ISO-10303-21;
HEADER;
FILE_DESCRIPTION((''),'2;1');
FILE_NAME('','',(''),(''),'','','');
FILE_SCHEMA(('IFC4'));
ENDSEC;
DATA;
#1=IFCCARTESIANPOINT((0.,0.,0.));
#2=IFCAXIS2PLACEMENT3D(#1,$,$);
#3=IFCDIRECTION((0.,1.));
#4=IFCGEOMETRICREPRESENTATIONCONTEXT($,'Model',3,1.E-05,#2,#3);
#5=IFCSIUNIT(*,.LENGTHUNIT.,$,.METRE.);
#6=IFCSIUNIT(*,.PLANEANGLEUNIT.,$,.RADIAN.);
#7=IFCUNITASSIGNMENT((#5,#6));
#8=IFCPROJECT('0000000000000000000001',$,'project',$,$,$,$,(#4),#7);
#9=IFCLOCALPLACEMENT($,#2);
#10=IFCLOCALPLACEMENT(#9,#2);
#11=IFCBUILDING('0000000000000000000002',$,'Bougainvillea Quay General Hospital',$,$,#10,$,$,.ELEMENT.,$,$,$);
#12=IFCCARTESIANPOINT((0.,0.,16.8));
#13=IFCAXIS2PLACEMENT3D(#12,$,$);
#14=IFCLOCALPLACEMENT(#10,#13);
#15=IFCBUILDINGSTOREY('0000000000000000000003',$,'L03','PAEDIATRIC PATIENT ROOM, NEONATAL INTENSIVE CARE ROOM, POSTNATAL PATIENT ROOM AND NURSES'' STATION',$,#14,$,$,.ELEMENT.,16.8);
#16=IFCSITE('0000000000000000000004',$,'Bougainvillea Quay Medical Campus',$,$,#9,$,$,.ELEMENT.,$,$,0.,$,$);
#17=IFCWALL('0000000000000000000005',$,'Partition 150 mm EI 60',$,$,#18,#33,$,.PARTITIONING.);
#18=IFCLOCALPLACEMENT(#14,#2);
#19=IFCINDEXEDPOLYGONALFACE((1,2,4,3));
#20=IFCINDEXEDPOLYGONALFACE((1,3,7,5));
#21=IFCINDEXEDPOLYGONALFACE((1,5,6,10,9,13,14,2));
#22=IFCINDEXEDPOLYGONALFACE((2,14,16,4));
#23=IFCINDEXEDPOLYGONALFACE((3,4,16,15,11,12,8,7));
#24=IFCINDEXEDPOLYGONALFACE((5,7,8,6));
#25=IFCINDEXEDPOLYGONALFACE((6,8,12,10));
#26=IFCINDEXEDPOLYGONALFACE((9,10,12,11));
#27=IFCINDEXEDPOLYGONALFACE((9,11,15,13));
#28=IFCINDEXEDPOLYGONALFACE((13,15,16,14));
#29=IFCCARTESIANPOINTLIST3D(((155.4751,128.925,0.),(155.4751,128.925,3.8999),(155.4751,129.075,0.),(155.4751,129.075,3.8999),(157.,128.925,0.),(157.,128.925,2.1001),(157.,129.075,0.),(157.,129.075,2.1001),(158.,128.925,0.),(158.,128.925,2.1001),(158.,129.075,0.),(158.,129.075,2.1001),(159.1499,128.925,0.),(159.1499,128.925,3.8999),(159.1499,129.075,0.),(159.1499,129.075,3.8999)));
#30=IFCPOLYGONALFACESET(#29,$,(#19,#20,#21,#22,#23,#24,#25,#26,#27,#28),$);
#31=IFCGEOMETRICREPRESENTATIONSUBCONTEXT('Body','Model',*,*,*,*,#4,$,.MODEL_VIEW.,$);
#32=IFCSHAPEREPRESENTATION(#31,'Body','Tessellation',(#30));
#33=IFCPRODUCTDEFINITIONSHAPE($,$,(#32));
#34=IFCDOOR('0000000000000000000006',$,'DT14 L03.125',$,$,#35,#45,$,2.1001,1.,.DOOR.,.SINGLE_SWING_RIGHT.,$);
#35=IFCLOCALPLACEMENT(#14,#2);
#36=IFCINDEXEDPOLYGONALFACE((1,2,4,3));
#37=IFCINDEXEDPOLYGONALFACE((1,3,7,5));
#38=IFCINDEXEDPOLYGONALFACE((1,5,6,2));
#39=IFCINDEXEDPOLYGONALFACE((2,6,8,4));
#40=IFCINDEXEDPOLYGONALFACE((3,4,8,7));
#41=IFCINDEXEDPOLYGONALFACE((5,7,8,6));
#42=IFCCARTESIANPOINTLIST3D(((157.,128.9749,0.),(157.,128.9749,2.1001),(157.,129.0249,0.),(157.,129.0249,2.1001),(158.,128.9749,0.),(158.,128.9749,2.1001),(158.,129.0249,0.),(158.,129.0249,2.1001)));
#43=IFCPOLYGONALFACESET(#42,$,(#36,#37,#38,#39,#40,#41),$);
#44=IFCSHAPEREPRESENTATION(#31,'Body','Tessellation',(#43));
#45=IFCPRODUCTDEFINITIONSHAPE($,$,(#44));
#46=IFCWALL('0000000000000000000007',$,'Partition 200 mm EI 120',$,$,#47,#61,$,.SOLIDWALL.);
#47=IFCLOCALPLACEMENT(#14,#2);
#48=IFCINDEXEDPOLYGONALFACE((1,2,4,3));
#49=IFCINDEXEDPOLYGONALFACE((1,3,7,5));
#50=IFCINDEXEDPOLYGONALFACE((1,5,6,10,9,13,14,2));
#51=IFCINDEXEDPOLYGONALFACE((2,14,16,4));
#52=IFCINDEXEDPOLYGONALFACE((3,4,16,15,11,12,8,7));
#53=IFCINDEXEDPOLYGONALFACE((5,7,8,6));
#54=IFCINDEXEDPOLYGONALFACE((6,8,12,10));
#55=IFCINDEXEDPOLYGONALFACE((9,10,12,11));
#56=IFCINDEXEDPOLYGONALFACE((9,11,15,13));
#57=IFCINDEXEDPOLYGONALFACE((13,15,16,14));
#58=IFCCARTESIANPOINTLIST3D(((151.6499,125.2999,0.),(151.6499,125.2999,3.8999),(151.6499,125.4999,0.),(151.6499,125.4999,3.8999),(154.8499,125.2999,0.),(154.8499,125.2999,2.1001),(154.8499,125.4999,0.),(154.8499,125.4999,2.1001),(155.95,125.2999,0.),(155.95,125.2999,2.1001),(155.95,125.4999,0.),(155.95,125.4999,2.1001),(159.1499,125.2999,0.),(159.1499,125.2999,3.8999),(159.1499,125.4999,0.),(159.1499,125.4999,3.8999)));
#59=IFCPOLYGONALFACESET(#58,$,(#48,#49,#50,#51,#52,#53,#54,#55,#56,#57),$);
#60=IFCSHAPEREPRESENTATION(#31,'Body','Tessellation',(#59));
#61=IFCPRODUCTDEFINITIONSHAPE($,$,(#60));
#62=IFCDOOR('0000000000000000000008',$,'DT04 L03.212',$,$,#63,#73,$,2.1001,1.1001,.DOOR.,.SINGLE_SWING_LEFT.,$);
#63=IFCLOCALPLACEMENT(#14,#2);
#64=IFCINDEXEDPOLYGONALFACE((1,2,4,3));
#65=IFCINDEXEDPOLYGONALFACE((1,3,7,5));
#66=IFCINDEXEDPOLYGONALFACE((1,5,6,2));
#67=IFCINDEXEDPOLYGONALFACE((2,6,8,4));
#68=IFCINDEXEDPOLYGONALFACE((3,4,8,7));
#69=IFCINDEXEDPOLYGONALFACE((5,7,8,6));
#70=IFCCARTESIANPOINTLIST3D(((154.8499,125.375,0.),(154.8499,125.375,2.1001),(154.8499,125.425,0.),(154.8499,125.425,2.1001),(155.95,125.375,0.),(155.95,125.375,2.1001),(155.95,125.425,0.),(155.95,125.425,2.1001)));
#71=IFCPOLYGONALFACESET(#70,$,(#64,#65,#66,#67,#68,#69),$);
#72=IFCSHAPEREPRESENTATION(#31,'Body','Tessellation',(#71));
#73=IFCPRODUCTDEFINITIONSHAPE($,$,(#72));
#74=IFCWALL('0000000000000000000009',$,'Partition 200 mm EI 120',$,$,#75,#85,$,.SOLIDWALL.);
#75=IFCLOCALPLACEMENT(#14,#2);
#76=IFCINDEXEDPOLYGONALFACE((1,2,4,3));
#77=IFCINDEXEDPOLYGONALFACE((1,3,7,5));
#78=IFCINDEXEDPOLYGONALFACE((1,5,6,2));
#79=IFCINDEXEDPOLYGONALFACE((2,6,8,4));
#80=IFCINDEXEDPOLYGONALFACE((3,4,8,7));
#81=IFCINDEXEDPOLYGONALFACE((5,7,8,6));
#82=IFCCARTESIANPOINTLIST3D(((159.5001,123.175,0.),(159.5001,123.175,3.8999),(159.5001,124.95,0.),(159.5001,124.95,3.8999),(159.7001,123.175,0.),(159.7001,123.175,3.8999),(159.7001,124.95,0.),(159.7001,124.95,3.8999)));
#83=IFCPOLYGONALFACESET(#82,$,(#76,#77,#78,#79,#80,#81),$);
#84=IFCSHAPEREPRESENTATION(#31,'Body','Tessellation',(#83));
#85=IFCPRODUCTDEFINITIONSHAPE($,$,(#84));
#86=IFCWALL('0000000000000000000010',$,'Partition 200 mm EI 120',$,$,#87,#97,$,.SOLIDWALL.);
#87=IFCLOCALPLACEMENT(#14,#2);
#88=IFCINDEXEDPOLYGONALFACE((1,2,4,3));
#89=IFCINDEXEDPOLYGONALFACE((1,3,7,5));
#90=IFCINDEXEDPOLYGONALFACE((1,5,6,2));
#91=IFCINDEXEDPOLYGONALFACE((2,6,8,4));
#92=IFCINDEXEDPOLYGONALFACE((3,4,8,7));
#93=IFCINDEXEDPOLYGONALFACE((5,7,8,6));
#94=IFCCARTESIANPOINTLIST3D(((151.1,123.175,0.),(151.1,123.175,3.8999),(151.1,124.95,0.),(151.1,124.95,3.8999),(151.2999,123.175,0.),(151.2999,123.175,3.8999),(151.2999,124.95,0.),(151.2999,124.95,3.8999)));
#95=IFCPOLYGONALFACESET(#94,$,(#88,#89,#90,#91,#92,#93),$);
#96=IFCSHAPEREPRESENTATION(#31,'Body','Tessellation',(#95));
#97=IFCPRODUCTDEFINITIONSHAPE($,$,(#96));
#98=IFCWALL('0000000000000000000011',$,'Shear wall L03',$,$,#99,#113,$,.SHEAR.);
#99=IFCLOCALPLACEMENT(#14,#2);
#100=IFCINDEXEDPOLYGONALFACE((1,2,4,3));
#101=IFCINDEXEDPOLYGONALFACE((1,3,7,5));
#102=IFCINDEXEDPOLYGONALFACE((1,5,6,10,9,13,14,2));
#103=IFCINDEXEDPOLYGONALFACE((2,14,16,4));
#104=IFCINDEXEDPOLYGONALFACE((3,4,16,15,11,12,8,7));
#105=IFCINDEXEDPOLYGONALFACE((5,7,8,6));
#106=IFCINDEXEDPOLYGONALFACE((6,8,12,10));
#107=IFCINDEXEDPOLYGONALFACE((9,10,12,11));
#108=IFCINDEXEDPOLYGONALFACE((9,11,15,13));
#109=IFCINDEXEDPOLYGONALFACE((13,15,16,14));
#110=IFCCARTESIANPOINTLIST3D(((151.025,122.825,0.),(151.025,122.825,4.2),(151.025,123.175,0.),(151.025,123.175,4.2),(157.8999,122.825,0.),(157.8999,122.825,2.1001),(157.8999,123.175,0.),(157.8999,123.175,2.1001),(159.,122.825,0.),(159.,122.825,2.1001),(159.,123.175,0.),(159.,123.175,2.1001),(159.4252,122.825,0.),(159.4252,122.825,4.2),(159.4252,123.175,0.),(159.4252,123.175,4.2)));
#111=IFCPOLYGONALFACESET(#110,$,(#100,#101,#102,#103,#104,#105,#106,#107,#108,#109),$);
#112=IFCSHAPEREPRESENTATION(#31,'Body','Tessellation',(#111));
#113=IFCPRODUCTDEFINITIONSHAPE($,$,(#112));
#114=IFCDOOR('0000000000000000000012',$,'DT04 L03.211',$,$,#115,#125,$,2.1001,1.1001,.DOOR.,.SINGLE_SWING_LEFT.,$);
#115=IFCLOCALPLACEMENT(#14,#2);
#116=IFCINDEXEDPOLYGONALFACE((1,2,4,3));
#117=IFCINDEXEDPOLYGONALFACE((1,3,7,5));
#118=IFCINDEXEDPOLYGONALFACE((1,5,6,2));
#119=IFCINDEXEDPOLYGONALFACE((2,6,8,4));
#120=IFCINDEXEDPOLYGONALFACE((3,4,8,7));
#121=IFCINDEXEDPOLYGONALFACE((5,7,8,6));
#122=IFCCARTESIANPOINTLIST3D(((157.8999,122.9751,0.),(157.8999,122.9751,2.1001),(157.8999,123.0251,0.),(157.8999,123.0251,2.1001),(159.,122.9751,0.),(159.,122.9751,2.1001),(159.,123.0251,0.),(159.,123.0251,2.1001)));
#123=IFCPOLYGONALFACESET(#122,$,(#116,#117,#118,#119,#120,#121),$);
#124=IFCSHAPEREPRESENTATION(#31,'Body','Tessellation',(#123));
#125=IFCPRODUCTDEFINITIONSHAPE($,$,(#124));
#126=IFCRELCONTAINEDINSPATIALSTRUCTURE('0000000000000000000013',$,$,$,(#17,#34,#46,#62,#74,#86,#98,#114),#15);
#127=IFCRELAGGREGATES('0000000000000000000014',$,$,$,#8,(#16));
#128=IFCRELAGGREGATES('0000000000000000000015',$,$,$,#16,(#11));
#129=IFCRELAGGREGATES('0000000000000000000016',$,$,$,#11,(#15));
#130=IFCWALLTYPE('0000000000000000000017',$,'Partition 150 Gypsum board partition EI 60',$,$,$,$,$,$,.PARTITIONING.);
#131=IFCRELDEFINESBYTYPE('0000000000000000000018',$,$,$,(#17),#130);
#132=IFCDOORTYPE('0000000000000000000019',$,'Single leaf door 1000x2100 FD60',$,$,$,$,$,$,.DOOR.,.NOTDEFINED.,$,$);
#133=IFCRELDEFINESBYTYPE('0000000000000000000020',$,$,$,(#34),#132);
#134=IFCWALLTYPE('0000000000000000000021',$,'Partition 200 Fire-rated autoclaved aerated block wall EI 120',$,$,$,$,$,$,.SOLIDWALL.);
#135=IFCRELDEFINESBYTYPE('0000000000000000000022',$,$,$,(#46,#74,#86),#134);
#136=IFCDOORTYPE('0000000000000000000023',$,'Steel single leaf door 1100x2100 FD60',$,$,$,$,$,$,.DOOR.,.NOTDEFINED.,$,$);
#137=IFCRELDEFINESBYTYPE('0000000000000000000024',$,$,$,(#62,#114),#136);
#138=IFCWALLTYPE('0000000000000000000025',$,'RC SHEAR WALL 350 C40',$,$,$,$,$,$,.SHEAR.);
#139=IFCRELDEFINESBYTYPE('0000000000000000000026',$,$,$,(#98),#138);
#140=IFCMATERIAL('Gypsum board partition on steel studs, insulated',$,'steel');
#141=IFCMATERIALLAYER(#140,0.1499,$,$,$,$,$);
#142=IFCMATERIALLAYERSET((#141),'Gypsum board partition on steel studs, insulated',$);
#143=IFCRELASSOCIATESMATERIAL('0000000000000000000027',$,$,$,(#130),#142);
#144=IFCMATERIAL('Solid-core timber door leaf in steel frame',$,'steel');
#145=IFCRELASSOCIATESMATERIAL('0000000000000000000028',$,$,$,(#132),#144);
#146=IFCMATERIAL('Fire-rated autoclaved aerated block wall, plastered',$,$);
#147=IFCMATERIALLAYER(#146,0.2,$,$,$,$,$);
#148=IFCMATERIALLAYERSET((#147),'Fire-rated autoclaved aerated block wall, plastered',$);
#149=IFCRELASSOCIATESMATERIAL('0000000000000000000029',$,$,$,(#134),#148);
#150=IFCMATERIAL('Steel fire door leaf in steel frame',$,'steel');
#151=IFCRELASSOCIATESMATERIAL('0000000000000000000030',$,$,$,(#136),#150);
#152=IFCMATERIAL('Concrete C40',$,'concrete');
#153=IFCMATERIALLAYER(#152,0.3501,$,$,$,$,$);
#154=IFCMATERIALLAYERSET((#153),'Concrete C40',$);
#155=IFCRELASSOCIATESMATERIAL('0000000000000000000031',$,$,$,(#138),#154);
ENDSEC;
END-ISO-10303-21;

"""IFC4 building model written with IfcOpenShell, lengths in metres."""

from ifc_helpers import new_model, si_unit, direction, frame, frame_2d, origin, place, context, subcontext, project, spatial, rectangle, extrude, material, layer, layer_set, type_object, element, fill, save


model = new_model("IFC4")

# Units and contexts
model_context = context("Model", 3, precision=1e-05, world=origin(), true_north=direction((0.0, 1.0)))
body_context = subcontext(model_context, "Body", "Model", "MODEL_VIEW")
ifc_project = project(units=[si_unit("LENGTHUNIT", "METRE"), si_unit("PLANEANGLEUNIT", "RADIAN")], contexts=[model_context])

# Site, building, storey
site_placement = place(None, origin())
site = spatial("IfcSite", under=ifc_project, at=site_placement, Name="Bougainvillea Quay Medical Campus", CompositionType="ELEMENT", RefElevation=0.0)
building_placement = place(site_placement, origin())
building = spatial("IfcBuilding", under=site, at=building_placement, Name="Bougainvillea Quay General Hospital", CompositionType="ELEMENT")
storey_placement = place(building_placement, frame((0.0, 0.0, 16.8)))
storey = spatial("IfcBuildingStorey", under=building, at=storey_placement, Name="L03", Description="PAEDIATRIC PATIENT ROOM, NEONATAL INTENSIVE CARE ROOM, POSTNATAL PATIENT ROOM AND NURSES' STATION", CompositionType="ELEMENT", Elevation=16.8)

# Shared definitions
ifc_material_1 = material(Name="Concrete C40", Category="concrete")

# Shared definitions
ifc_material_2 = material(Name="Gypsum board partition on steel studs, insulated", Category="steel")

# Shared definitions
ifc_material_3 = material(Name="Solid-core timber door leaf in steel frame", Category="steel")

# Walls, openings, doors
ifc_layer_1 = layer(ifc_material_2, 0.1499)
ifc_layer_set_1 = layer_set([ifc_layer_1], Name="Gypsum board partition on steel studs, insulated")
wall_type_1 = type_object("IfcWallType", Name="Partition 150 Gypsum board partition EI 60", PredefinedType="PARTITIONING", material=ifc_layer_set_1)
wall_1_placement = place(storey_placement, frame((155.4751, 129.0, 0.0), z_axis=(0.0, 0.0, 1.0), x_axis=(1.0, 0.0, 0.0)))
wall_1 = element("IfcWall", 1, at=wall_1_placement, inside=storey, type_object=wall_type_1, Name="Partition 150 mm EI 60", PredefinedType="PARTITIONING", context=body_context, shape_type="SweptSolid", body=[
    extrude(rectangle(XDim=3.6748, YDim=0.1499, at=frame_2d((1.8374, 0.0))), origin(), (0.0, 0.0, 1.0), 3.8999),
])
opening_1_placement = place(wall_1_placement, frame((1.5249, 0.0, 0.0)))
opening_1 = element("IfcOpeningElement", 2, at=opening_1_placement, cuts=wall_1, PredefinedType="OPENING", context=body_context, shape_type="SweptSolid", body=[
    extrude(rectangle(XDim=1.0, YDim=2.1001, at=frame_2d((0.5, 1.05))), frame((0.0, 0.085, 0.0), z_axis=(0.0, -1.0, 0.0), x_axis=(1.0, 0.0, 0.0)), (0.0, 0.0, 1.0), 0.1699),
])
door_type_1 = type_object("IfcDoorType", Name="Single leaf door 1000x2100 FD60", OperationType="NOTDEFINED", PredefinedType="DOOR", material=ifc_material_3)
door_1_placement = place(opening_1_placement, origin())
door_1 = element("IfcDoor", 3, at=door_1_placement, inside=storey, type_object=door_type_1, Name="DT14 L03.125", OperationType="SINGLE_SWING_RIGHT", OverallHeight=2.1001, OverallWidth=1.0, PredefinedType="DOOR", context=body_context, shape_type="SweptSolid", body=[
    extrude(rectangle(XDim=1.0, YDim=2.1001, at=frame_2d((0.5, 1.05))), frame((0.0, 0.0249, 0.0), z_axis=(0.0, -1.0, 0.0), x_axis=(1.0, 0.0, 0.0)), (0.0, 0.0, 1.0), 0.05),
])
fill(opening_1, door_1)
ifc_material_4 = material(Name="Fire-rated autoclaved aerated block wall, plastered")
ifc_layer_2 = layer(ifc_material_4, 0.2)
ifc_layer_set_2 = layer_set([ifc_layer_2], Name="Fire-rated autoclaved aerated block wall, plastered")
wall_type_2 = type_object("IfcWallType", Name="Partition 200 Fire-rated autoclaved aerated block wall EI 120", PredefinedType="SOLIDWALL", material=ifc_layer_set_2)
wall_2_placement = place(storey_placement, frame((151.6499, 125.3999, 0.0), z_axis=(0.0, 0.0, 1.0), x_axis=(1.0, 0.0, 0.0)))
wall_2 = element("IfcWall", 4, at=wall_2_placement, inside=storey, type_object=wall_type_2, Name="Partition 200 mm EI 120", PredefinedType="SOLIDWALL", context=body_context, shape_type="SweptSolid", body=[
    extrude(rectangle(XDim=7.5, YDim=0.2, at=frame_2d((3.75, 0.0))), origin(), (0.0, 0.0, 1.0), 3.8999),
])
opening_2_placement = place(wall_2_placement, frame((3.2, 0.0, 0.0)))
opening_2 = element("IfcOpeningElement", 5, at=opening_2_placement, cuts=wall_2, PredefinedType="OPENING", context=body_context, shape_type="SweptSolid", body=[
    extrude(rectangle(XDim=1.1001, YDim=2.1001, at=frame_2d((0.55, 1.05))), frame((0.0, 0.1099, 0.0), z_axis=(0.0, -1.0, 0.0), x_axis=(1.0, 0.0, 0.0)), (0.0, 0.0, 1.0), 0.22),
])
ifc_material_5 = material(Name="Steel fire door leaf in steel frame", Category="steel")
door_type_2 = type_object("IfcDoorType", Name="Steel single leaf door 1100x2100 FD60", OperationType="NOTDEFINED", PredefinedType="DOOR", material=ifc_material_5)
door_2_placement = place(opening_2_placement, frame((1.1001, 0.0, 0.0), z_axis=(0.0, 0.0, 1.0), x_axis=(-1.0, 0.0, 0.0)))
door_2 = element("IfcDoor", 6, at=door_2_placement, inside=storey, type_object=door_type_2, Name="DT04 L03.212", OperationType="SINGLE_SWING_LEFT", OverallHeight=2.1001, OverallWidth=1.1001, PredefinedType="DOOR", context=body_context, shape_type="SweptSolid", body=[
    extrude(rectangle(XDim=1.1001, YDim=2.1001, at=frame_2d((0.55, 1.05))), frame((0.0, 0.0249, 0.0), z_axis=(0.0, -1.0, 0.0), x_axis=(1.0, 0.0, 0.0)), (0.0, 0.0, 1.0), 0.05),
])
fill(opening_2, door_2)

# Walls
for number, where, z_axis, x_axis, name in (
    (7, (159.6001, 123.175, 0.0), (0.0, 0.0, 1.0), (0.0, 1.0, 0.0), "Partition 200 mm EI 120"),
    (8, (151.2, 123.175, 0.0), (0.0, 0.0, 1.0), (0.0, 1.0, 0.0), "Partition 200 mm EI 120"),
):
    element("IfcWall", number, at=place(storey_placement, frame(where, z_axis=z_axis, x_axis=x_axis)), inside=storey, type_object=wall_type_2, Name=name, PredefinedType="SOLIDWALL", context=body_context, shape_type="SweptSolid", body=[
        extrude(rectangle(XDim=1.7749, YDim=0.2, at=frame_2d((0.8875, 0.0))), origin(), (0.0, 0.0, 1.0), 3.8999),
    ])

# Wall, opening, door
ifc_layer_3 = layer(ifc_material_1, 0.3501)
ifc_layer_set_3 = layer_set([ifc_layer_3], Name="Concrete C40")
wall_type_3 = type_object("IfcWallType", Name="RC SHEAR WALL 350 C40", PredefinedType="SHEAR", material=ifc_layer_set_3)
wall_3_placement = place(storey_placement, frame((151.0249, 123.0, 0.0), z_axis=(0.0, 0.0, 1.0), x_axis=(1.0, 0.0, 0.0)))
wall_3 = element("IfcWall", 9, at=wall_3_placement, inside=storey, type_object=wall_type_3, Name="Shear wall L03", PredefinedType="SHEAR", context=body_context, shape_type="SweptSolid", body=[
    extrude(rectangle(XDim=8.4001, YDim=0.3501, at=frame_2d((4.2002, 0.0))), origin(), (0.0, 0.0, 1.0), 4.2),
])
opening_3_placement = place(wall_3_placement, frame((6.875, 0.0, 0.0)))
opening_3 = element("IfcOpeningElement", 10, at=opening_3_placement, cuts=wall_3, PredefinedType="OPENING", context=body_context, shape_type="SweptSolid", body=[
    extrude(rectangle(XDim=1.1001, YDim=2.1001, at=frame_2d((0.55, 1.05))), frame((0.0, 0.1851, 0.0), z_axis=(0.0, -1.0, 0.0), x_axis=(1.0, 0.0, 0.0)), (0.0, 0.0, 1.0), 0.3701),
])
door_3_placement = place(opening_3_placement, frame((1.1001, 0.0, 0.0), z_axis=(0.0, 0.0, 1.0), x_axis=(-1.0, 0.0, 0.0)))
door_3 = element("IfcDoor", 11, at=door_3_placement, inside=storey, type_object=door_type_2, Name="DT04 L03.211", OperationType="SINGLE_SWING_LEFT", OverallHeight=2.1001, OverallWidth=1.1001, PredefinedType="DOOR", context=body_context, shape_type="SweptSolid", body=[
    extrude(rectangle(XDim=1.1001, YDim=2.1001, at=frame_2d((0.55, 1.05))), frame((0.0, 0.0249, 0.0), z_axis=(0.0, -1.0, 0.0), x_axis=(1.0, 0.0, 0.0)), (0.0, 0.0, 1.0), 0.05),
])
fill(opening_3, door_3)

save(model, "model.ifc")
